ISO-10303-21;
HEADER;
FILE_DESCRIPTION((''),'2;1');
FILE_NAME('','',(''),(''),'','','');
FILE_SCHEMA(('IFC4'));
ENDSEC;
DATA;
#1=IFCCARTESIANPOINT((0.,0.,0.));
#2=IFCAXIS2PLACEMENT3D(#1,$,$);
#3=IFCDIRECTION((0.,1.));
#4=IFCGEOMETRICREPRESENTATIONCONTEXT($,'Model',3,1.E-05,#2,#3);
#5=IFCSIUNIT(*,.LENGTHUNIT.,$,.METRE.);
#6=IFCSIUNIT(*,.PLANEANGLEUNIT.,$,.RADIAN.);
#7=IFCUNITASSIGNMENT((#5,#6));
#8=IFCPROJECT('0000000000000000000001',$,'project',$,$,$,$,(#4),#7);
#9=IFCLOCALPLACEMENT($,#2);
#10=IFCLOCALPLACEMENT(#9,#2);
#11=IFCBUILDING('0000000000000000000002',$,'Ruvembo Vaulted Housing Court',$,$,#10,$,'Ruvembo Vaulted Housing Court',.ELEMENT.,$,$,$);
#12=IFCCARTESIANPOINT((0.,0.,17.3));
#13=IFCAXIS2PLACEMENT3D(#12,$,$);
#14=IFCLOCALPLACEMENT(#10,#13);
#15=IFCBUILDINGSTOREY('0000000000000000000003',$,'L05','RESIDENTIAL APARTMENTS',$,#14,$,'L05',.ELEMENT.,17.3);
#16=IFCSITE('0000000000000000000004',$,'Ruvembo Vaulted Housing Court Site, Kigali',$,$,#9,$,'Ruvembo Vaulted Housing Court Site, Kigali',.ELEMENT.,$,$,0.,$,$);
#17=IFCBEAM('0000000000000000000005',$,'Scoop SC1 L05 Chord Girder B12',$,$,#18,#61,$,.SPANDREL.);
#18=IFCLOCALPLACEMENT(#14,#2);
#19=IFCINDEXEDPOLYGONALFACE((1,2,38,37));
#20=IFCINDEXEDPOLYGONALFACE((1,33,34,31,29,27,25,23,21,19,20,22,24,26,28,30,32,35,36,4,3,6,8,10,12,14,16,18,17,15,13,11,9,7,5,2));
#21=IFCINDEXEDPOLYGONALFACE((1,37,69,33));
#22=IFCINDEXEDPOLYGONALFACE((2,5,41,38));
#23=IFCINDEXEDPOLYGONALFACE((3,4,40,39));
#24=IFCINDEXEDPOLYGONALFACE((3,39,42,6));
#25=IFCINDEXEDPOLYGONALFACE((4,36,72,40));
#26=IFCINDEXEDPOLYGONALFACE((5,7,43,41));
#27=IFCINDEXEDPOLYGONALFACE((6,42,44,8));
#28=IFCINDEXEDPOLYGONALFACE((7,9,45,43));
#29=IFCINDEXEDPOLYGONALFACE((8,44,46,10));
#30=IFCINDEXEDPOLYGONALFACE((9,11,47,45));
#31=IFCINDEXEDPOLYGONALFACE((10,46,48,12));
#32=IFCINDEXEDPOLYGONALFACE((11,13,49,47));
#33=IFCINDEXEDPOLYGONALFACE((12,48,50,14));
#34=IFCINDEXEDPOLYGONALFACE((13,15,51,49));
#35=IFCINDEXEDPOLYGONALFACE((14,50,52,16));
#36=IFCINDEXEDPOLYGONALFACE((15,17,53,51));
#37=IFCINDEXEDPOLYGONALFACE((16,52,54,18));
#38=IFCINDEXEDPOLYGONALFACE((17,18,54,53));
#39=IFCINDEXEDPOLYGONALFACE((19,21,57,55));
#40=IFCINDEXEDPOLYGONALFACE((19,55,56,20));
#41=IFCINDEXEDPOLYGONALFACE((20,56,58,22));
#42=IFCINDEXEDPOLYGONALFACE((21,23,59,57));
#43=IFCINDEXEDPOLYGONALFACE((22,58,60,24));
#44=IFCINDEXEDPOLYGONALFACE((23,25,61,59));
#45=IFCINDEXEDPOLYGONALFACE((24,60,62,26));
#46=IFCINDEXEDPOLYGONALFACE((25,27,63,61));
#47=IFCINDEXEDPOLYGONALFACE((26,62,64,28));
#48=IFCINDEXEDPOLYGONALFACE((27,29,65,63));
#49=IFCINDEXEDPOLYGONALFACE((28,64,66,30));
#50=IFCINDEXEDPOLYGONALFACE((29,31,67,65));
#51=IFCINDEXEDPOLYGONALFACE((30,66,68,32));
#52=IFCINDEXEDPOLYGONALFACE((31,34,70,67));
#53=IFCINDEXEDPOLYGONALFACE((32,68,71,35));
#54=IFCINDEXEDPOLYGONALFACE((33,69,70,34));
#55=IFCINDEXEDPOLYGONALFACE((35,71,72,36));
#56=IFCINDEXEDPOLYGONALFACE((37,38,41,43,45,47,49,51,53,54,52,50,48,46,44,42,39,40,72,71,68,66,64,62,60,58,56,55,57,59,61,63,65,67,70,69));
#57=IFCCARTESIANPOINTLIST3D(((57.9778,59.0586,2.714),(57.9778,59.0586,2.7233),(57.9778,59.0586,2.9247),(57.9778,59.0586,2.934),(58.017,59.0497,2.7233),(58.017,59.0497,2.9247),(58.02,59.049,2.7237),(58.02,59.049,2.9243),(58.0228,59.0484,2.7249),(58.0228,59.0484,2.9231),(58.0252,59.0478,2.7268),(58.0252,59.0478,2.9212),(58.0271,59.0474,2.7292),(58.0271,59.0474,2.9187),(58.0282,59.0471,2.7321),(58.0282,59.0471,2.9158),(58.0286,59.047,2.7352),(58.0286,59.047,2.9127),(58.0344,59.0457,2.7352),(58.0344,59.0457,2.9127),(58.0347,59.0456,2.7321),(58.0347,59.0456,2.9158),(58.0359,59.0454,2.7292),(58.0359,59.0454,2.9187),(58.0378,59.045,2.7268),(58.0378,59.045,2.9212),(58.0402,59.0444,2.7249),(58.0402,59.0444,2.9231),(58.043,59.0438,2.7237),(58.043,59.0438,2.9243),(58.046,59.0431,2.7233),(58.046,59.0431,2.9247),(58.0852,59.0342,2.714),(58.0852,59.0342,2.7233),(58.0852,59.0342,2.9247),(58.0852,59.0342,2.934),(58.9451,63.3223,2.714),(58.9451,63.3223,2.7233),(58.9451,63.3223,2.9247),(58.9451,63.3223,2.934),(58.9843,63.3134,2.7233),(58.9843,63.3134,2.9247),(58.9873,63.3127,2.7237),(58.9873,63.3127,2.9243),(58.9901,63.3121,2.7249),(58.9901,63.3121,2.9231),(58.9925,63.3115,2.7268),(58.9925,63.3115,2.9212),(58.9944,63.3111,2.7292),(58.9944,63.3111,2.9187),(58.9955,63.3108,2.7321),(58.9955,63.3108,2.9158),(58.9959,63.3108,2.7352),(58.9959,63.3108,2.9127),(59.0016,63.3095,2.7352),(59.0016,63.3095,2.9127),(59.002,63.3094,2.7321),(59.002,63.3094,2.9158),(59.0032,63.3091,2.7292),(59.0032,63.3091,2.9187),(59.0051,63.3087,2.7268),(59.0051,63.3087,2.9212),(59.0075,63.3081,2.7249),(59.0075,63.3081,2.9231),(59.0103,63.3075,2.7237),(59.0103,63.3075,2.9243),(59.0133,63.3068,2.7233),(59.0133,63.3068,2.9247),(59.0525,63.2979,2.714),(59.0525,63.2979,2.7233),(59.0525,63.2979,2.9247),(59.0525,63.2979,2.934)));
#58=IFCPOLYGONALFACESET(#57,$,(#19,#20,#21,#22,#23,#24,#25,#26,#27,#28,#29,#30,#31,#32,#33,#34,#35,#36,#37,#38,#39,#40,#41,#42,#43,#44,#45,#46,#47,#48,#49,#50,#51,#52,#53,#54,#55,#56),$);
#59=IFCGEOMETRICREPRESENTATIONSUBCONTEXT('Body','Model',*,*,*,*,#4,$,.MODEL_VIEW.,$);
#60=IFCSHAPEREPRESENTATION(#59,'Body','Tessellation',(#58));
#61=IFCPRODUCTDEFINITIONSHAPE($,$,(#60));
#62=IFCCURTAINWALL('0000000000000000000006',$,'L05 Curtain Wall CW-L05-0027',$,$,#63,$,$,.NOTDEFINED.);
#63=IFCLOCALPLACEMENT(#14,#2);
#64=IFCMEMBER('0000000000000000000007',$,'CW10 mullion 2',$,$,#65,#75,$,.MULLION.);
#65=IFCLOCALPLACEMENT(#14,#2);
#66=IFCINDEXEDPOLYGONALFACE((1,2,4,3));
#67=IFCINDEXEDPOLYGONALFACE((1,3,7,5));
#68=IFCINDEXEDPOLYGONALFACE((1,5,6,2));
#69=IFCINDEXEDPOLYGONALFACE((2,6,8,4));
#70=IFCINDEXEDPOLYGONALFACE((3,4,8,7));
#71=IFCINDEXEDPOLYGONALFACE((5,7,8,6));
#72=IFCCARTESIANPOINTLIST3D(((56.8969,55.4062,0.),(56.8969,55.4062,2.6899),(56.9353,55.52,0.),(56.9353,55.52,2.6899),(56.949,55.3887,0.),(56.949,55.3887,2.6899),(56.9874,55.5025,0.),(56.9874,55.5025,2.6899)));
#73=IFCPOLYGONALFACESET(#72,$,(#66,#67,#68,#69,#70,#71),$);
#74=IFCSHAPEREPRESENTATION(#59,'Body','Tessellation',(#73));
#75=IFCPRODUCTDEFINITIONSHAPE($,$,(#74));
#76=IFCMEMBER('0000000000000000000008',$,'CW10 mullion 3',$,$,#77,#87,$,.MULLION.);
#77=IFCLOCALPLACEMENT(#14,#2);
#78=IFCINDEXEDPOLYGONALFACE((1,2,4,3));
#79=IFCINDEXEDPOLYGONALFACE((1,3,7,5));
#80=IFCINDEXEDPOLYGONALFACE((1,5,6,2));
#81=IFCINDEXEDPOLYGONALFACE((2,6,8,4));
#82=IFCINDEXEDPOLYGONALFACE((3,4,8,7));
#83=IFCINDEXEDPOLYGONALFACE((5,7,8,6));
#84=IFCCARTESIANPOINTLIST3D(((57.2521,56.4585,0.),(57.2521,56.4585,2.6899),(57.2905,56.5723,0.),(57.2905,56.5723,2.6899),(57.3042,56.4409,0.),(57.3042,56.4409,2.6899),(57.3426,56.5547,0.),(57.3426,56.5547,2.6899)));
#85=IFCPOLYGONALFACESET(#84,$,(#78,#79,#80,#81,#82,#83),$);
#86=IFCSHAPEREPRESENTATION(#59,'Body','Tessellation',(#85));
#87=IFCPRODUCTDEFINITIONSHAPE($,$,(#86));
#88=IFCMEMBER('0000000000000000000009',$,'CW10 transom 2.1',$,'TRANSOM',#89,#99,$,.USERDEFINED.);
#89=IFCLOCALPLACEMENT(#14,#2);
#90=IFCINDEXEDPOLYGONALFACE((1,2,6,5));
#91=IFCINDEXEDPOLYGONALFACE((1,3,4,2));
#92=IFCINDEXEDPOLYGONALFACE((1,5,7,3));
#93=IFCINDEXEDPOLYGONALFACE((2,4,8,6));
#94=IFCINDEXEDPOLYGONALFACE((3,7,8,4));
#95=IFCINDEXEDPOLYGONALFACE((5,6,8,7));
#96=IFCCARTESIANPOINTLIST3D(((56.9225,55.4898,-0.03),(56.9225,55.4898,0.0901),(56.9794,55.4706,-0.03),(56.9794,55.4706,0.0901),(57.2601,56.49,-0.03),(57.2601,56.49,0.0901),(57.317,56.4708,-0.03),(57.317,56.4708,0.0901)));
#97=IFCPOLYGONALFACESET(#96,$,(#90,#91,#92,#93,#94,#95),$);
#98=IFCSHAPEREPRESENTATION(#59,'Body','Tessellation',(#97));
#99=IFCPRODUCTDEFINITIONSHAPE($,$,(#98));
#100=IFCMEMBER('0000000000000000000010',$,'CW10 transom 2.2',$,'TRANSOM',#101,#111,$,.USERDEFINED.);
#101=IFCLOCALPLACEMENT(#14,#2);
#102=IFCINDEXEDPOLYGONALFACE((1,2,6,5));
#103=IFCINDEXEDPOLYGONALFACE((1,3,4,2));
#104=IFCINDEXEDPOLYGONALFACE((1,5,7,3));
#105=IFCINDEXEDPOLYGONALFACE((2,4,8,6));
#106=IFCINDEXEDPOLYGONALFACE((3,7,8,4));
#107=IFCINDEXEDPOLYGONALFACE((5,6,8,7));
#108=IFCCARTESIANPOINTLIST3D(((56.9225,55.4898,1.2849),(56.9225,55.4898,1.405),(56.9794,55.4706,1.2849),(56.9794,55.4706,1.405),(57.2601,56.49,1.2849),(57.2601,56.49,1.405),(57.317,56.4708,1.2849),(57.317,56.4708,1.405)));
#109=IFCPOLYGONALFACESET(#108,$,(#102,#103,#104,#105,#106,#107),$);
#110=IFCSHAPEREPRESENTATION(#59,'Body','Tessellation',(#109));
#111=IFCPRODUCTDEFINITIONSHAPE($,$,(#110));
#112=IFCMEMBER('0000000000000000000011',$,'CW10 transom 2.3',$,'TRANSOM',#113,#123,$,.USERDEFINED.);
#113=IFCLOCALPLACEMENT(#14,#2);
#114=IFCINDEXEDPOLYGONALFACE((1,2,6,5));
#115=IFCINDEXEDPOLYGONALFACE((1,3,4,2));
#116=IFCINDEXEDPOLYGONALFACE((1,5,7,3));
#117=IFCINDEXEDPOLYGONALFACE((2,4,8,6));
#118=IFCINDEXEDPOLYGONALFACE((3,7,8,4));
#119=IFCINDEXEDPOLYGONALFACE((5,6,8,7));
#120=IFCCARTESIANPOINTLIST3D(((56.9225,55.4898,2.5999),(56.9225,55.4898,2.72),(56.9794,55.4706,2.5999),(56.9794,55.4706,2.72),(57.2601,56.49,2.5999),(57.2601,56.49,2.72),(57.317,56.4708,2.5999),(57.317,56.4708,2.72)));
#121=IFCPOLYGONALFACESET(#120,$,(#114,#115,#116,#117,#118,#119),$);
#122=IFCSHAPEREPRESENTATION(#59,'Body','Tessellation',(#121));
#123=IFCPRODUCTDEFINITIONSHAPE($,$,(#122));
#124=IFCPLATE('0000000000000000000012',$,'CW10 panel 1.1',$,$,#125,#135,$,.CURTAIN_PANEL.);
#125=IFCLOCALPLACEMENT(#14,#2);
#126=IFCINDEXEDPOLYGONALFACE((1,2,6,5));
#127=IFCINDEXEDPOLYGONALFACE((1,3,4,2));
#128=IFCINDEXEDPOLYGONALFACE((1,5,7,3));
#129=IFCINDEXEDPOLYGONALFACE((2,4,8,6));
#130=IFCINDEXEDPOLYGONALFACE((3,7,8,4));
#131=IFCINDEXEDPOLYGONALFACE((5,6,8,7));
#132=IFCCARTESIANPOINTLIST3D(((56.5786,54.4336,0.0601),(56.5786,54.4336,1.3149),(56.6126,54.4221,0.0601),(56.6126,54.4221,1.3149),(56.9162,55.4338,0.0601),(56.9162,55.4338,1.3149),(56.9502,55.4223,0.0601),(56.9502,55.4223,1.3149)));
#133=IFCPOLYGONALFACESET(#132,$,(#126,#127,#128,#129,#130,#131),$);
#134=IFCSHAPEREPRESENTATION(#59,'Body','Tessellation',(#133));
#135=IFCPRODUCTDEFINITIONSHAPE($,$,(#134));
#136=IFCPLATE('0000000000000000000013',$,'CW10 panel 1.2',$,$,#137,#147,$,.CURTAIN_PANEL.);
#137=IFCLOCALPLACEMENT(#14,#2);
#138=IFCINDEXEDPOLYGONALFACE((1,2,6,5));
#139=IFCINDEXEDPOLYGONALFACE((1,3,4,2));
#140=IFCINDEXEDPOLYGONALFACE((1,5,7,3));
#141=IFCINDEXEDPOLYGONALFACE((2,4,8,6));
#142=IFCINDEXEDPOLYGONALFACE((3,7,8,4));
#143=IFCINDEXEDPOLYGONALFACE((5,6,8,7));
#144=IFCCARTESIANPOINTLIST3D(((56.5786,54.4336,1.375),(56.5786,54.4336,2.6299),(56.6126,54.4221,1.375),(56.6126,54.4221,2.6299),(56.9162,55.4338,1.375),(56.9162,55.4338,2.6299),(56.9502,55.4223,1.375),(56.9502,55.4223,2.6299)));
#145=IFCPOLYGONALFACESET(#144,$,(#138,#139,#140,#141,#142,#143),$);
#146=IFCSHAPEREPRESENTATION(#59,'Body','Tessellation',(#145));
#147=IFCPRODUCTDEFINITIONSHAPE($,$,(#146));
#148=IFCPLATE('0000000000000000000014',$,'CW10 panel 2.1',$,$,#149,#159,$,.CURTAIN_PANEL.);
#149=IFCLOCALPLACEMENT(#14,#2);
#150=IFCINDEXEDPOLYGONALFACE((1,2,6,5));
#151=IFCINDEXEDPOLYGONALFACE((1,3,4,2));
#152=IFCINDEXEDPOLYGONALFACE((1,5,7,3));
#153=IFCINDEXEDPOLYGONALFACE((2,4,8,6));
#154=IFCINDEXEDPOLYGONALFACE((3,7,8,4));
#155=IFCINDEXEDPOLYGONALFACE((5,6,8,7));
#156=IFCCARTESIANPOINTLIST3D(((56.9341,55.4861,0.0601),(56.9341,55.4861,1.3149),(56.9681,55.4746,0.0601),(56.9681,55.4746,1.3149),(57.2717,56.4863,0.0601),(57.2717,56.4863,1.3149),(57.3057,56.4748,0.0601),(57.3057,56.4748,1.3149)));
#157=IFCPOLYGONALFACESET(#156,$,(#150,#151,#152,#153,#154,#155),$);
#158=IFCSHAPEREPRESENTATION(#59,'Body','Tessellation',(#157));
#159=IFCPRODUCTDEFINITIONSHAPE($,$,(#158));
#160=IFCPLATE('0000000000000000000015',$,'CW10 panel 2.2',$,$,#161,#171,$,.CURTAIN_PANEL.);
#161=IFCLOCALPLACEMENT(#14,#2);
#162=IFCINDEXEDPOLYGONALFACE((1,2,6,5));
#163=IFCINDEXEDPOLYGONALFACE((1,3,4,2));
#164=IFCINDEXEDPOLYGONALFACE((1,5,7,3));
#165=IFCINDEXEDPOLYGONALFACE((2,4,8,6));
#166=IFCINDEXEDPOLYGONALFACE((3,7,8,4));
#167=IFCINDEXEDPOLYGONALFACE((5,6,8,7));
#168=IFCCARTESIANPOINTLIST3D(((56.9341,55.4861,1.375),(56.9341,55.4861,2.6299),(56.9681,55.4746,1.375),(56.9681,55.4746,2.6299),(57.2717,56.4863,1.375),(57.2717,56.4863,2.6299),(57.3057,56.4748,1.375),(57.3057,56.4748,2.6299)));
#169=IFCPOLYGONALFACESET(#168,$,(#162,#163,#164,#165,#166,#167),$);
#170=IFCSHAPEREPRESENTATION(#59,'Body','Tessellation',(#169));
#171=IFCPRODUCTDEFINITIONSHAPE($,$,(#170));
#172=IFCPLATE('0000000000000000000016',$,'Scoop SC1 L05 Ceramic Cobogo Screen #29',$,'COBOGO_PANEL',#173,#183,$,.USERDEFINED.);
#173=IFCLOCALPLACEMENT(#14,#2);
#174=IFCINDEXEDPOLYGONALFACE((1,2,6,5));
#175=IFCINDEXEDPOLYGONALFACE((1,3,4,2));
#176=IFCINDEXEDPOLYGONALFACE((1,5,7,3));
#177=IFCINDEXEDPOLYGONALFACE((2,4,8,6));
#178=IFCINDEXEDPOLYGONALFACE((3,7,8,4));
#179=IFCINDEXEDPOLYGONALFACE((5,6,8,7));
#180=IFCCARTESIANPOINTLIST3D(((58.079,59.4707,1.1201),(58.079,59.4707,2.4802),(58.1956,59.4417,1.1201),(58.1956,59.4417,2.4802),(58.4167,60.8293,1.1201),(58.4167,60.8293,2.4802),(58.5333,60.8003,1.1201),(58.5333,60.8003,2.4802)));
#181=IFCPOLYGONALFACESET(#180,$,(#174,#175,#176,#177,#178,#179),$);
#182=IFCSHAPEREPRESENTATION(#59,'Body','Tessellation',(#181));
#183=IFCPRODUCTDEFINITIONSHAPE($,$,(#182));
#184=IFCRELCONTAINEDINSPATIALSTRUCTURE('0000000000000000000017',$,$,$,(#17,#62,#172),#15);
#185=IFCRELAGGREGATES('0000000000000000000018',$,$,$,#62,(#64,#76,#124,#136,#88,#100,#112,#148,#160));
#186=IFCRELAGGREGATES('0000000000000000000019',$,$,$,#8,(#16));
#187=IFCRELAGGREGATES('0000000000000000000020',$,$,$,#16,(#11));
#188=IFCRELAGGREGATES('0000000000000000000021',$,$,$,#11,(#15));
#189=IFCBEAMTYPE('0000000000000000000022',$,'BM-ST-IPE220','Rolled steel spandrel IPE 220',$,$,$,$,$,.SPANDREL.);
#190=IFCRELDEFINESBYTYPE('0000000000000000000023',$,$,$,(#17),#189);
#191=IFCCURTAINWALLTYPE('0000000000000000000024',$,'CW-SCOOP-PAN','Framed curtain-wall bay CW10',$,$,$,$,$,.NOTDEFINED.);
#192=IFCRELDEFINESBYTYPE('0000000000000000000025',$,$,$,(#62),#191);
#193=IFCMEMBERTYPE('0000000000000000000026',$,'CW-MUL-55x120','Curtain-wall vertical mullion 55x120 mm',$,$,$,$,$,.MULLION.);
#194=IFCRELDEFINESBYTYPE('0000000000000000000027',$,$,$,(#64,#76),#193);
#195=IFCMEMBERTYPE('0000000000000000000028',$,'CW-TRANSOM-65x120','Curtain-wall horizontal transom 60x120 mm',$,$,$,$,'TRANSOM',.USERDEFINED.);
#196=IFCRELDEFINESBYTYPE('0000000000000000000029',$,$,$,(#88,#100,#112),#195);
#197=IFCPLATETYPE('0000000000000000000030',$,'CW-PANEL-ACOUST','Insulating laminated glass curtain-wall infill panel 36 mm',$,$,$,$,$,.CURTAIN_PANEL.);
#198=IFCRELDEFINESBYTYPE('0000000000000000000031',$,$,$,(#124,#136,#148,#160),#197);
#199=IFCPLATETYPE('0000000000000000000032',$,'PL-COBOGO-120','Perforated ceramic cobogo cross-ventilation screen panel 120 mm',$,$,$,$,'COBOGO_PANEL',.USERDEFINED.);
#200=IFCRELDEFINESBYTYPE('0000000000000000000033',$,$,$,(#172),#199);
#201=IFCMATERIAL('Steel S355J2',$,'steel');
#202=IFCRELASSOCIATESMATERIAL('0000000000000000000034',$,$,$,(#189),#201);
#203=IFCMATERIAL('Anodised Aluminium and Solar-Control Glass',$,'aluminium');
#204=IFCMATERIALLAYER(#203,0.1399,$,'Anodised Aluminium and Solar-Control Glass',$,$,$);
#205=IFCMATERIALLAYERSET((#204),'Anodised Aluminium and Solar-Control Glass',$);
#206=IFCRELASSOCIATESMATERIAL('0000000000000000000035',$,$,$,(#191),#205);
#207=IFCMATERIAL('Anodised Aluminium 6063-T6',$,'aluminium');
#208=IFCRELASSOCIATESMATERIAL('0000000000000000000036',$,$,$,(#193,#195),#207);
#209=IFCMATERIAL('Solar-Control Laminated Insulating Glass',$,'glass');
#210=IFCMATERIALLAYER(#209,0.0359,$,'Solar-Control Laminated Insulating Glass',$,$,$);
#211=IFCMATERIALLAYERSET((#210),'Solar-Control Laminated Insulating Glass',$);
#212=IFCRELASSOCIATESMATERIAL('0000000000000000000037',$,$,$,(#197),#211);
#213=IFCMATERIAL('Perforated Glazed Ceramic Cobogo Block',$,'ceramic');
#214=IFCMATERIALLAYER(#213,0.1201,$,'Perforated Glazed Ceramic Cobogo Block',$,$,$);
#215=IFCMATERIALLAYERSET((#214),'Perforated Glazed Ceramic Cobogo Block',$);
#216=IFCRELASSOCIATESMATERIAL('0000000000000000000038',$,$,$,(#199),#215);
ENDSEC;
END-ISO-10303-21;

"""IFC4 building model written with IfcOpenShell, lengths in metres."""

from ifc_helpers import new_model, si_unit, direction, frame, origin, origin_2d, place, context, subcontext, project, spatial, rectangle, i_section, extrude, material, layer, layer_set, material_profile, profile_set, type_object, element, aggregate, save


model = new_model("IFC4")

# Units and contexts
model_context = context("Model", 3, precision=1e-05, world=origin(), true_north=direction((0.0, 1.0)))
body_context = subcontext(model_context, "Body", "Model", "MODEL_VIEW")
ifc_project = project(units=[si_unit("LENGTHUNIT", "METRE"), si_unit("PLANEANGLEUNIT", "RADIAN")], contexts=[model_context])

# Site, building, storey
site_placement = place(None, origin())
site = spatial("IfcSite", under=ifc_project, at=site_placement, Name="Ruvembo Vaulted Housing Court Site, Kigali", LongName="Ruvembo Vaulted Housing Court Site, Kigali", CompositionType="ELEMENT", RefElevation=0.0)
building_placement = place(site_placement, origin())
building = spatial("IfcBuilding", under=site, at=building_placement, Name="Ruvembo Vaulted Housing Court", LongName="Ruvembo Vaulted Housing Court", CompositionType="ELEMENT")
storey_placement = place(building_placement, frame((0.0, 0.0, 17.3)))
storey = spatial("IfcBuildingStorey", under=building, at=storey_placement, Name="L05", Description="RESIDENTIAL APARTMENTS", LongName="L05", CompositionType="ELEMENT", Elevation=17.3)

# Beam
ifc_material_1 = material(Name="Steel S355J2", Category="steel")
ifc_material_profile_1 = material_profile(ifc_material_1, i_section(OverallWidth=0.1101, OverallDepth=0.22, WebThickness=0.0059, FlangeThickness=0.0093, FilletRadius=0.012, at=origin_2d()), Name="IPE 220")
ifc_profile_set_1 = profile_set([ifc_material_profile_1], Name="Steel S355J2")
beam_type_1 = type_object("IfcBeamType", Name="BM-ST-IPE220", Description="Rolled steel spandrel IPE 220", PredefinedType="SPANDREL", material=ifc_profile_set_1)
beam_1_placement = place(storey_placement, frame((58.0315, 59.0464, 2.824), z_axis=(0.221245, 0.975218, 0.0), x_axis=(-0.975218, 0.221245, 0.0)))
element("IfcBeam", 1, at=beam_1_placement, inside=storey, type_object=beam_type_1, Name="Scoop SC1 L05 Chord Girder B12", PredefinedType="SPANDREL", context=body_context, shape_type="SweptSolid", body=[
    extrude(i_section(OverallWidth=0.1101, OverallDepth=0.22, WebThickness=0.0059, FlangeThickness=0.0093, FilletRadius=0.012, at=origin_2d()), origin(), (0.0, 0.0, 1.0), 4.3721),
])

# Curtain wall, members, plates
ifc_material_2 = material(Name="Anodised Aluminium and Solar-Control Glass", Category="aluminium")
ifc_layer_1 = layer(ifc_material_2, 0.1399, Name="Anodised Aluminium and Solar-Control Glass")
ifc_layer_set_1 = layer_set([ifc_layer_1], Name="Anodised Aluminium and Solar-Control Glass")
curtain_wall_type = type_object("IfcCurtainWallType", Name="CW-SCOOP-PAN", Description="Framed curtain-wall bay CW10", PredefinedType="NOTDEFINED", material=ifc_layer_set_1)
curtain_wall_placement = place(storey_placement, origin())
curtain_wall = element("IfcCurtainWall", 2, at=curtain_wall_placement, inside=storey, type_object=curtain_wall_type, Name="L05 Curtain Wall CW-L05-0027", PredefinedType="NOTDEFINED")
ifc_material_3 = material(Name="Anodised Aluminium 6063-T6", Category="aluminium")
ifc_material_profile_2 = material_profile(ifc_material_3, rectangle(XDim=0.0549, YDim=0.1201, at=origin_2d()), Name="ALU 55x120")
ifc_profile_set_2 = profile_set([ifc_material_profile_2], Name="Anodised Aluminium 6063-T6")
member_type_1 = type_object("IfcMemberType", Name="CW-MUL-55x120", Description="Curtain-wall vertical mullion 55x120 mm", PredefinedType="MULLION", material=ifc_profile_set_2)
member_1_placement = place(storey_placement, frame((56.9421, 55.4543, 0.0), z_axis=(0.0, 0.0, 1.0), x_axis=(-0.947473, 0.319836, 0.0)))
member_1 = element("IfcMember", 3, at=member_1_placement, type_object=member_type_1, Name="CW10 mullion 2", PredefinedType="MULLION", context=body_context, shape_type="SweptSolid", body=[
    extrude(rectangle(XDim=0.0549, YDim=0.1201, at=origin_2d()), origin(), (0.0, 0.0, 1.0), 2.6899),
])
member_2_placement = place(storey_placement, frame((57.2974, 56.5066, 0.0), z_axis=(0.0, 0.0, 1.0), x_axis=(-0.947473, 0.319836, 0.0)))
member_2 = element("IfcMember", 4, at=member_2_placement, type_object=member_type_1, Name="CW10 mullion 3", PredefinedType="MULLION", context=body_context, shape_type="SweptSolid", body=[
    extrude(rectangle(XDim=0.0549, YDim=0.1201, at=origin_2d()), origin(), (0.0, 0.0, 1.0), 2.6899),
])
ifc_material_profile_3 = material_profile(ifc_material_3, rectangle(XDim=0.0601, YDim=0.1201, at=origin_2d()), Name="ALU 60x120")
ifc_profile_set_3 = profile_set([ifc_material_profile_3], Name="Anodised Aluminium 6063-T6")
member_type_2 = type_object("IfcMemberType", Name="CW-TRANSOM-65x120", Description="Curtain-wall horizontal transom 60x120 mm", ElementType="TRANSOM", PredefinedType="USERDEFINED", material=ifc_profile_set_3)
member_3_placement = place(storey_placement, frame((56.9509, 55.4802, 0.03), z_axis=(0.319833, 0.947474, 0.0), x_axis=(-0.947474, 0.319833, 0.0)))
member_3 = element("IfcMember", 5, at=member_3_placement, type_object=member_type_2, Name="CW10 transom 2.1", ObjectType="TRANSOM", PredefinedType="USERDEFINED", context=body_context, shape_type="SweptSolid", body=[
    extrude(rectangle(XDim=0.0601, YDim=0.1201, at=origin_2d()), origin(), (0.0, 0.0, 1.0), 1.0557),
])
member_4_placement = place(storey_placement, frame((56.9509, 55.4802, 1.345), z_axis=(0.319833, 0.947474, 0.0), x_axis=(-0.947474, 0.319833, 0.0)))
member_4 = element("IfcMember", 6, at=member_4_placement, type_object=member_type_2, Name="CW10 transom 2.2", ObjectType="TRANSOM", PredefinedType="USERDEFINED", context=body_context, shape_type="SweptSolid", body=[
    extrude(rectangle(XDim=0.0601, YDim=0.1201, at=origin_2d()), origin(), (0.0, 0.0, 1.0), 1.0557),
])
member_5_placement = place(storey_placement, frame((56.9509, 55.4802, 2.6599), z_axis=(0.319833, 0.947474, 0.0), x_axis=(-0.947474, 0.319833, 0.0)))
member_5 = element("IfcMember", 7, at=member_5_placement, type_object=member_type_2, Name="CW10 transom 2.3", ObjectType="TRANSOM", PredefinedType="USERDEFINED", context=body_context, shape_type="SweptSolid", body=[
    extrude(rectangle(XDim=0.0601, YDim=0.1201, at=origin_2d()), origin(), (0.0, 0.0, 1.0), 1.0557),
])
ifc_material_4 = material(Name="Solar-Control Laminated Insulating Glass", Category="glass")
ifc_layer_2 = layer(ifc_material_4, 0.0359, Name="Solar-Control Laminated Insulating Glass")
ifc_layer_set_2 = layer_set([ifc_layer_2], Name="Solar-Control Laminated Insulating Glass")
plate_type_1 = type_object("IfcPlateType", Name="CW-PANEL-ACOUST", Description="Insulating laminated glass curtain-wall infill panel 36 mm", PredefinedType="CURTAIN_PANEL", material=ifc_layer_set_2)
plate_1_placement = place(storey_placement, frame((56.7644, 54.928, 0.0601), z_axis=(0.0, 0.0, 1.0), x_axis=(0.319836, 0.947473, 0.0)))
plate_1 = element("IfcPlate", 8, at=plate_1_placement, type_object=plate_type_1, Name="CW10 panel 1.1", PredefinedType="CURTAIN_PANEL", context=body_context, shape_type="SweptSolid", body=[
    extrude(rectangle(XDim=1.0557, YDim=0.0359, at=origin_2d()), origin(), (0.0, 0.0, 1.0), 1.2549),
])
plate_2_placement = place(storey_placement, frame((56.7644, 54.928, 1.375), z_axis=(0.0, 0.0, 1.0), x_axis=(0.319836, 0.947473, 0.0)))
plate_2 = element("IfcPlate", 9, at=plate_2_placement, type_object=plate_type_1, Name="CW10 panel 1.2", PredefinedType="CURTAIN_PANEL", context=body_context, shape_type="SweptSolid", body=[
    extrude(rectangle(XDim=1.0557, YDim=0.0359, at=origin_2d()), origin(), (0.0, 0.0, 1.0), 1.2549),
])
plate_3_placement = place(storey_placement, frame((57.1199, 55.9805, 0.0601), z_axis=(0.0, 0.0, 1.0), x_axis=(0.319836, 0.947473, 0.0)))
plate_3 = element("IfcPlate", 10, at=plate_3_placement, type_object=plate_type_1, Name="CW10 panel 2.1", PredefinedType="CURTAIN_PANEL", context=body_context, shape_type="SweptSolid", body=[
    extrude(rectangle(XDim=1.0557, YDim=0.0359, at=origin_2d()), origin(), (0.0, 0.0, 1.0), 1.2549),
])
plate_4_placement = place(storey_placement, frame((57.1199, 55.9805, 1.375), z_axis=(0.0, 0.0, 1.0), x_axis=(0.319836, 0.947473, 0.0)))
plate_4 = element("IfcPlate", 11, at=plate_4_placement, type_object=plate_type_1, Name="CW10 panel 2.2", PredefinedType="CURTAIN_PANEL", context=body_context, shape_type="SweptSolid", body=[
    extrude(rectangle(XDim=1.0557, YDim=0.0359, at=origin_2d()), origin(), (0.0, 0.0, 1.0), 1.2549),
])
aggregate(curtain_wall, [member_1, member_2, plate_1, plate_2, member_3, member_4, member_5, plate_3, plate_4])

# Plate
ifc_material_5 = material(Name="Perforated Glazed Ceramic Cobogo Block", Category="ceramic")
ifc_layer_3 = layer(ifc_material_5, 0.1201, Name="Perforated Glazed Ceramic Cobogo Block")
ifc_layer_set_3 = layer_set([ifc_layer_3], Name="Perforated Glazed Ceramic Cobogo Block")
plate_type_2 = type_object("IfcPlateType", Name="PL-COBOGO-120", Description="Perforated ceramic cobogo cross-ventilation screen panel 120 mm", ElementType="COBOGO_PANEL", PredefinedType="USERDEFINED", material=ifc_layer_set_3)
plate_5_placement = place(storey_placement, frame((58.3062, 60.1355, 1.1201), z_axis=(0.0, 0.0, 1.0), x_axis=(0.241194, 0.970477, 0.0)))
element("IfcPlate", 12, at=plate_5_placement, inside=storey, type_object=plate_type_2, Name="Scoop SC1 L05 Ceramic Cobogo Screen #29", ObjectType="COBOGO_PANEL", PredefinedType="USERDEFINED", context=body_context, shape_type="SweptSolid", body=[
    extrude(rectangle(XDim=1.3999, YDim=0.1201, at=origin_2d()), origin(), (0.0, 0.0, 1.0), 1.3601),
])

save(model, "model.ifc")
